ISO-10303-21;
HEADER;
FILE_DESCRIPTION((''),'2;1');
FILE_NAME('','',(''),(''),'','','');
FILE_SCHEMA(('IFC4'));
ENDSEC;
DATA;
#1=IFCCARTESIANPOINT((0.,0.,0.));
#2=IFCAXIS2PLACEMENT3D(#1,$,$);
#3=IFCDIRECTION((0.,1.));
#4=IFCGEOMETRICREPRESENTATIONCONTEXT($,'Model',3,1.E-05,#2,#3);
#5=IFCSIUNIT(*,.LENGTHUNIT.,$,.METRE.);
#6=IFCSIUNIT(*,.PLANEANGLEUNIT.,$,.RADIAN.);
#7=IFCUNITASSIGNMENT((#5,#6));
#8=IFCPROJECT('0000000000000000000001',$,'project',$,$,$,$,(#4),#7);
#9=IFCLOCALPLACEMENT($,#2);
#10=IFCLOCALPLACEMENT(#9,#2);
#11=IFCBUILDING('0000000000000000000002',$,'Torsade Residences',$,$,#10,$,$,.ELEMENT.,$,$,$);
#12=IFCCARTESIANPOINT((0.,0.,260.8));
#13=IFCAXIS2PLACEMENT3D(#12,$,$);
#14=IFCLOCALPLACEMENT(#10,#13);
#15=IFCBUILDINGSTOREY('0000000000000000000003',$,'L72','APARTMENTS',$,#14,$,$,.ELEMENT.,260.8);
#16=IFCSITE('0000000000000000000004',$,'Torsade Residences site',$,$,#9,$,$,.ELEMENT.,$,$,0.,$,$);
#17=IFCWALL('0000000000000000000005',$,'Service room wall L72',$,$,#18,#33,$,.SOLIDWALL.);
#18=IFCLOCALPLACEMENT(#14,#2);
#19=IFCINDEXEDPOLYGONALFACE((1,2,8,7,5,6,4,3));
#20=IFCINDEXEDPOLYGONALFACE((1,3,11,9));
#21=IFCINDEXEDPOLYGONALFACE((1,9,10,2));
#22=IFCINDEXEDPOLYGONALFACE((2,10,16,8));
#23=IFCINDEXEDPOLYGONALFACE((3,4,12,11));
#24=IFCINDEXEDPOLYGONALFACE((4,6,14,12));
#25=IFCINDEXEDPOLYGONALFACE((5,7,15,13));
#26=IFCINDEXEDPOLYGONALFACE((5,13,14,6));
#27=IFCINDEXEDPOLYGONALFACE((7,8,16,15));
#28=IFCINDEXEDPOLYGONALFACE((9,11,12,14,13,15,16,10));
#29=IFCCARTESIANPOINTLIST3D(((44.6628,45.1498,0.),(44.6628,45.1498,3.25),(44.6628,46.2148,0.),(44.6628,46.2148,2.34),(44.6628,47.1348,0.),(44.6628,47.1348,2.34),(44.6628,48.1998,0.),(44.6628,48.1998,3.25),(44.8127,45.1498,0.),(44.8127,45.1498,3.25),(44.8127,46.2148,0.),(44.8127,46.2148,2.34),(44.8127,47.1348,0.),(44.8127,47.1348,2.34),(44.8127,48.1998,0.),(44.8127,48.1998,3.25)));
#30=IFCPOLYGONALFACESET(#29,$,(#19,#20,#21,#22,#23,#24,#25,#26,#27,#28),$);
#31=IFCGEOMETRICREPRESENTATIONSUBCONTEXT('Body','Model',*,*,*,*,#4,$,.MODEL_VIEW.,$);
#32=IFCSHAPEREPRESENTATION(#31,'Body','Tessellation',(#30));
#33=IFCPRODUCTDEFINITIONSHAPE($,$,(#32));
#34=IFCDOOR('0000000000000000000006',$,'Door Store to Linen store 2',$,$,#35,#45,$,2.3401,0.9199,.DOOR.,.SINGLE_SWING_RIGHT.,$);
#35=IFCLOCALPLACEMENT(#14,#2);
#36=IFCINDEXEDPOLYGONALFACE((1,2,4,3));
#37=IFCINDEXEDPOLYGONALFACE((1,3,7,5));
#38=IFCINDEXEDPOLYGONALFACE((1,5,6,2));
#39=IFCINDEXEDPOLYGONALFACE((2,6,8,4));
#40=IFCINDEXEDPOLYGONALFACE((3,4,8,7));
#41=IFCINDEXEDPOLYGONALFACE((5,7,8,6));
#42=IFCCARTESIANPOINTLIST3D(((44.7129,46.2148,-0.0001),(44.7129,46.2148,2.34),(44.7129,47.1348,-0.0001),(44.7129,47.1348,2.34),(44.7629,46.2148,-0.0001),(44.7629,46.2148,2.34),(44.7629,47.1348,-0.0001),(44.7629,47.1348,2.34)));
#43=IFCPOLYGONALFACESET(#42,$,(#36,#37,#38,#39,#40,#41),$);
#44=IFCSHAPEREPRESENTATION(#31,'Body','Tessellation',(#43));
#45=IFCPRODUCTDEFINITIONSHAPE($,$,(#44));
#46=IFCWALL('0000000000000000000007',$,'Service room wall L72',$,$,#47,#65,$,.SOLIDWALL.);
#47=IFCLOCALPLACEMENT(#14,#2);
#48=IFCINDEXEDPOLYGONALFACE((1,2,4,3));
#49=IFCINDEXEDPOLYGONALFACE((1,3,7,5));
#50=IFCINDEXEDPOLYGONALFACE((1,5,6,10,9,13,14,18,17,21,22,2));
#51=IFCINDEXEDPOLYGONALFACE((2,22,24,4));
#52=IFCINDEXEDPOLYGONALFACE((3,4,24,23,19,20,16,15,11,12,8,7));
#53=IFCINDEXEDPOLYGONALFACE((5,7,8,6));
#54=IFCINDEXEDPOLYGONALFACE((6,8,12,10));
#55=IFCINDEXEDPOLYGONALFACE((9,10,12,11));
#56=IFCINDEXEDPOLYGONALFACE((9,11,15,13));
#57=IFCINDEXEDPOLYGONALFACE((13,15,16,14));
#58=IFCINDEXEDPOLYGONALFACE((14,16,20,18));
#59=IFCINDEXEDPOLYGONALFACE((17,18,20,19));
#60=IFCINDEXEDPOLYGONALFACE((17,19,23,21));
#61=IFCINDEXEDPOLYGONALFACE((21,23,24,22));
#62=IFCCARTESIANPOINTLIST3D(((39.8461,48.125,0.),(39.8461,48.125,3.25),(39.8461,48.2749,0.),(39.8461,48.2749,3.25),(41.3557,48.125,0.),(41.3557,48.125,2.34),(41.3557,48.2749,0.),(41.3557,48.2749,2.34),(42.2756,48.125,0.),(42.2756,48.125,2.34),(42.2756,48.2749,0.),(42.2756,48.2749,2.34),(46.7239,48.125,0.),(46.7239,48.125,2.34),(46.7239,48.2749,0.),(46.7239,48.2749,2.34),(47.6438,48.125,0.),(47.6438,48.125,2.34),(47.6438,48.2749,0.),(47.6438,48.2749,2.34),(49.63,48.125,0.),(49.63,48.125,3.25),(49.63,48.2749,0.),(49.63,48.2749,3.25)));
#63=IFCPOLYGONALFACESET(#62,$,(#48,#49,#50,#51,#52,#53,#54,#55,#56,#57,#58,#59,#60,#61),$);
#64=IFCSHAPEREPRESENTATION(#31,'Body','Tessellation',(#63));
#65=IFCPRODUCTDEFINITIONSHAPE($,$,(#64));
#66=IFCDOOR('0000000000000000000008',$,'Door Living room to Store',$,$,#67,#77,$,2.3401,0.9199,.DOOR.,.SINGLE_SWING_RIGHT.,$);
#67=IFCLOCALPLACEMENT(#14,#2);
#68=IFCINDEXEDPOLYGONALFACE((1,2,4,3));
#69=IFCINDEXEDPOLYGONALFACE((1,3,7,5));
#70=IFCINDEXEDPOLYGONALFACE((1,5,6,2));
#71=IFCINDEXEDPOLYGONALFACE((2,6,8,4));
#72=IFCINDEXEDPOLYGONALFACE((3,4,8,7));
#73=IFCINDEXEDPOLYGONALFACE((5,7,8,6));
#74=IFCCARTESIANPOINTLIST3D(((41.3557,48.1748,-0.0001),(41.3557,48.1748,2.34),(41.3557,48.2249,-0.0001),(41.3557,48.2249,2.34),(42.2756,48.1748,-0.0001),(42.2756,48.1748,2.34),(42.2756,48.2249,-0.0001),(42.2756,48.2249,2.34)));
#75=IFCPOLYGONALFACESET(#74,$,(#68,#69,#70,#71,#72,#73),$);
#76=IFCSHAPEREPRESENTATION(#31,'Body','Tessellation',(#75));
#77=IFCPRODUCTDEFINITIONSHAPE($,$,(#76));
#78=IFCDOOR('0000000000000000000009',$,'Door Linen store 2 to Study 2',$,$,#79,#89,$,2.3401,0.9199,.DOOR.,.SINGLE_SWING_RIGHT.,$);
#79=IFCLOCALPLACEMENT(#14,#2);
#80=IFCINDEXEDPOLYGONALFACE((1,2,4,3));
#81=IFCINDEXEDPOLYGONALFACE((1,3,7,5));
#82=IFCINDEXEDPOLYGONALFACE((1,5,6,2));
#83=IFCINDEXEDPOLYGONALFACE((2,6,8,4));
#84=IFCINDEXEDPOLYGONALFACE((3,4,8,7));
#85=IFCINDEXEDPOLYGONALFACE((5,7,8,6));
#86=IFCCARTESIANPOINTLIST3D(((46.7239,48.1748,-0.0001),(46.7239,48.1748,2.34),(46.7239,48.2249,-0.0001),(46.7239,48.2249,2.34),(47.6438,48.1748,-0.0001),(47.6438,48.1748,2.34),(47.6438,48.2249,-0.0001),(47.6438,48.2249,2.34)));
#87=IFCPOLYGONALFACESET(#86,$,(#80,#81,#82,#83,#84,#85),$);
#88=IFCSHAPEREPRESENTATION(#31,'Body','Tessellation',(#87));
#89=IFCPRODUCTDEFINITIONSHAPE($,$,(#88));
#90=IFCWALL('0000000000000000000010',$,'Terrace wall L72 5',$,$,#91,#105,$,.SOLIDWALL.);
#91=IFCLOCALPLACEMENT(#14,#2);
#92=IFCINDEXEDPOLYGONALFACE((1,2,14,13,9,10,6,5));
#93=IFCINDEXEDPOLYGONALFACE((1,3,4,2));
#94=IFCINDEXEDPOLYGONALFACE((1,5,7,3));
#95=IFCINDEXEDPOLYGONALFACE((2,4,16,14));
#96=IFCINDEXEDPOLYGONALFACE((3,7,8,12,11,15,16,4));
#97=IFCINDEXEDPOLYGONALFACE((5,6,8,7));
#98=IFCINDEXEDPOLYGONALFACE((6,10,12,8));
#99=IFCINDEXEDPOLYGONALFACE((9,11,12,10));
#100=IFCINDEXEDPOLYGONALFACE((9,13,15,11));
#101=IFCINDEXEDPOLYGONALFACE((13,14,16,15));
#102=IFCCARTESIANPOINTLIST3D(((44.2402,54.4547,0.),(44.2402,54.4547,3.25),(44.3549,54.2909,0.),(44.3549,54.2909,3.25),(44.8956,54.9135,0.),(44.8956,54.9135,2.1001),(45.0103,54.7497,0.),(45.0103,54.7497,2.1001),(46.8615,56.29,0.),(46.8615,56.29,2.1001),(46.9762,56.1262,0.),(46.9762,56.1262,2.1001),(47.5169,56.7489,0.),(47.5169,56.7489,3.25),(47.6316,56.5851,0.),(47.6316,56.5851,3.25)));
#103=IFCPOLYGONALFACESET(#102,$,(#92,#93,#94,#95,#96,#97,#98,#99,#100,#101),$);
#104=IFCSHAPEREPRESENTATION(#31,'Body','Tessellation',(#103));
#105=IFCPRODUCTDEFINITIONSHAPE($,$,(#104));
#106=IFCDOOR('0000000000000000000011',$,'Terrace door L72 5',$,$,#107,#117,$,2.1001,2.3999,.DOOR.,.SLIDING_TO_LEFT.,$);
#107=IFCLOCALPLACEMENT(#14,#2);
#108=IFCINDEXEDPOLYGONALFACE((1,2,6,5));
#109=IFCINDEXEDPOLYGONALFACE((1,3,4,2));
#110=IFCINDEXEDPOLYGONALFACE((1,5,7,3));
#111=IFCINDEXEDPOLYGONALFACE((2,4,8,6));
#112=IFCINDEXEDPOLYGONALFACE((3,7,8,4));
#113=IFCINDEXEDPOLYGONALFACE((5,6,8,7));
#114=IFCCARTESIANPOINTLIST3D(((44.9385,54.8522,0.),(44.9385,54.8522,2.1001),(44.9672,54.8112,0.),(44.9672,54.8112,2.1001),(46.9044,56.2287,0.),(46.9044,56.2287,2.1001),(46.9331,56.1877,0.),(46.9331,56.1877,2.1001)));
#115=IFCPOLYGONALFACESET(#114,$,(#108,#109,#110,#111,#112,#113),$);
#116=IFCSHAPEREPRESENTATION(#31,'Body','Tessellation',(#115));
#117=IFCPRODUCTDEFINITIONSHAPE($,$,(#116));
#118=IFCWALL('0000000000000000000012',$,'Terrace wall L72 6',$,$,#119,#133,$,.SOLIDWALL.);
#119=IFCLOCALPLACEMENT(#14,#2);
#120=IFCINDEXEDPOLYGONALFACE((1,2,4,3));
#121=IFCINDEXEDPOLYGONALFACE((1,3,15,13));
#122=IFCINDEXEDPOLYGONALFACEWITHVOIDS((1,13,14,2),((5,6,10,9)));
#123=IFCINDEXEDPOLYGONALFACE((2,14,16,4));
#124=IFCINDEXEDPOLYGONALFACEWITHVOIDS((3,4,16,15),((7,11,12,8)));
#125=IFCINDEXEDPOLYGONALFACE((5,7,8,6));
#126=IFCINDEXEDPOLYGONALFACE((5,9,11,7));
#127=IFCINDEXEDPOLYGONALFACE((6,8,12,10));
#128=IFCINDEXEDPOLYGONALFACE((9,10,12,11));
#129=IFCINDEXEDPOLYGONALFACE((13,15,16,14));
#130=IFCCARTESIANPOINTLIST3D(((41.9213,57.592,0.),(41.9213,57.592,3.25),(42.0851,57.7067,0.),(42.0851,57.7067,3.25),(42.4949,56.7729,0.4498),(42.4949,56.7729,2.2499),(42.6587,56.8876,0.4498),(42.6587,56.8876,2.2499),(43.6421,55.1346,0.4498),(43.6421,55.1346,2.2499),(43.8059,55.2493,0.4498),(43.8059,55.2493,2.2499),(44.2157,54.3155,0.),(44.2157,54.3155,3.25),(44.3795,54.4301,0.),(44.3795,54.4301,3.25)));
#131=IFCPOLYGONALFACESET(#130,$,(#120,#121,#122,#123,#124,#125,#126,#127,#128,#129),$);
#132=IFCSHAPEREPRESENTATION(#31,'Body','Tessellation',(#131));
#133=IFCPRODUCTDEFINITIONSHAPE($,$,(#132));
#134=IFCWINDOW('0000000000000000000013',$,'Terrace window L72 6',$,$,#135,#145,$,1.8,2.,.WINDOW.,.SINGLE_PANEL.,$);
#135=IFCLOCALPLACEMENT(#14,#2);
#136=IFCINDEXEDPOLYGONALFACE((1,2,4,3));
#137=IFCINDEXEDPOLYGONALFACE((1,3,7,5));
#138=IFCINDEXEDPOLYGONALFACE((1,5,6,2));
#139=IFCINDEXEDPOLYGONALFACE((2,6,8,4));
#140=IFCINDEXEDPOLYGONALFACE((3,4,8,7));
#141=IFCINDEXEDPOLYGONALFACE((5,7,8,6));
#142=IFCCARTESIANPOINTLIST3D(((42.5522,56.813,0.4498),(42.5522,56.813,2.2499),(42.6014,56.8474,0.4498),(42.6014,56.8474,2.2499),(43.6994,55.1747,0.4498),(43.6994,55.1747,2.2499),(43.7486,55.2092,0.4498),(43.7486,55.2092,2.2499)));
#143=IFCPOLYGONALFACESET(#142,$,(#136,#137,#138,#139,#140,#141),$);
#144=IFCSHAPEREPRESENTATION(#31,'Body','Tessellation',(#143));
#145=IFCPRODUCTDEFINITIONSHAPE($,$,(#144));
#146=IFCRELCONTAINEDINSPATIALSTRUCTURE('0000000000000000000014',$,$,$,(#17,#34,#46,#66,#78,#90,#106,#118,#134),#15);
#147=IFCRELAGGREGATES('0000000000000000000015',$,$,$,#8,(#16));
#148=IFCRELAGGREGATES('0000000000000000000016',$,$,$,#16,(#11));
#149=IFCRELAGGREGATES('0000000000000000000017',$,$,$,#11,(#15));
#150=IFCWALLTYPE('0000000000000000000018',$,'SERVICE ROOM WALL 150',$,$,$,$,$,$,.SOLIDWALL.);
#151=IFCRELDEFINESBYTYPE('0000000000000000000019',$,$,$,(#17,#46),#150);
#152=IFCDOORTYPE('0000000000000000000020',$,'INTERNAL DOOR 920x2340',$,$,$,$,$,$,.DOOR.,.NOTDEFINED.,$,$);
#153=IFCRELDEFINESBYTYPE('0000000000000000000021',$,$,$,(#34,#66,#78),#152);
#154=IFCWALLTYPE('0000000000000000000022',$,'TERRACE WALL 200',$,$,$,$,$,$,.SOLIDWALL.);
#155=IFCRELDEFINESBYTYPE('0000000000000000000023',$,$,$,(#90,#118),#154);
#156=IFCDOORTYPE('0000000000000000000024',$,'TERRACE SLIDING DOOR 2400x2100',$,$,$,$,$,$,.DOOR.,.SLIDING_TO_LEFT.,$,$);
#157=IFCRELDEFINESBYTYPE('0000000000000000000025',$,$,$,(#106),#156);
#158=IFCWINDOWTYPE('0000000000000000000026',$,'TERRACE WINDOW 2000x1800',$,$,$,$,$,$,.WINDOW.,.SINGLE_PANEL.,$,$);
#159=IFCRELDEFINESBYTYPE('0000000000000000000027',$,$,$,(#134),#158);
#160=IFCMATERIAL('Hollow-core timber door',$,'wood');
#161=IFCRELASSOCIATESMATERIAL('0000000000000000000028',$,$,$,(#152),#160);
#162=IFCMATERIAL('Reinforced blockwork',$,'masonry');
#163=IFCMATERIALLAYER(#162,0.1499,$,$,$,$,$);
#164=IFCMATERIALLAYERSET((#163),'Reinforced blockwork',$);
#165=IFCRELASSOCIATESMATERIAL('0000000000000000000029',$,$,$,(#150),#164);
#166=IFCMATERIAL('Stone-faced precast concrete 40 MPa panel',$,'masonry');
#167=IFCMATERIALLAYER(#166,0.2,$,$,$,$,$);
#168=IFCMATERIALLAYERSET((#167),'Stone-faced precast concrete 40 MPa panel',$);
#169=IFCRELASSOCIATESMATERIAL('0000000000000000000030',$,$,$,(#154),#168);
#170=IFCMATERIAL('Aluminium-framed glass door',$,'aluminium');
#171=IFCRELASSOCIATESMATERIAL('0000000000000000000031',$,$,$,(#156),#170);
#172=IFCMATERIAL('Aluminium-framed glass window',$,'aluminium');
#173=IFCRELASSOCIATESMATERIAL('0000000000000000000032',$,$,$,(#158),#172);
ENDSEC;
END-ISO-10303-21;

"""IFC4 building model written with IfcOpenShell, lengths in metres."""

from ifc_helpers import new_model, si_unit, direction, frame, frame_2d, origin, place, context, subcontext, project, spatial, rectangle, extrude, material, layer, layer_set, type_object, element, fill, save


model = new_model("IFC4")

# Units and contexts
model_context = context("Model", 3, precision=1e-05, world=origin(), true_north=direction((0.0, 1.0)))
body_context = subcontext(model_context, "Body", "Model", "MODEL_VIEW")
ifc_project = project(units=[si_unit("LENGTHUNIT", "METRE"), si_unit("PLANEANGLEUNIT", "RADIAN")], contexts=[model_context])

# Site, building, storey
site_placement = place(None, origin())
site = spatial("IfcSite", under=ifc_project, at=site_placement, Name="Torsade Residences site", CompositionType="ELEMENT", RefElevation=0.0)
building_placement = place(site_placement, origin())
building = spatial("IfcBuilding", under=site, at=building_placement, Name="Torsade Residences", CompositionType="ELEMENT")
storey_placement = place(building_placement, frame((0.0, 0.0, 260.8)))
storey = spatial("IfcBuildingStorey", under=building, at=storey_placement, Name="L72", Description="APARTMENTS", CompositionType="ELEMENT", Elevation=260.8)

# Shared definitions
ifc_material_1 = material(Name="Hollow-core timber door", Category="wood")
door_type_1 = type_object("IfcDoorType", Name="INTERNAL DOOR 920x2340", OperationType="NOTDEFINED", PredefinedType="DOOR", material=ifc_material_1)

# Shared definitions
ifc_material_2 = material(Name="Reinforced blockwork", Category="masonry")
ifc_layer_1 = layer(ifc_material_2, 0.1499)
ifc_layer_set_1 = layer_set([ifc_layer_1], Name="Reinforced blockwork")
wall_type_1 = type_object("IfcWallType", Name="SERVICE ROOM WALL 150", PredefinedType="SOLIDWALL", material=ifc_layer_set_1)

# Wall, opening, door
wall_1_placement = place(storey_placement, frame((44.7378, 45.1499, 0.0), z_axis=(0.0, 0.0, 1.0), x_axis=(0.0, 1.0, 0.0)))
wall_1 = element("IfcWall", 1, at=wall_1_placement, inside=storey, type_object=wall_type_1, Name="Service room wall L72", PredefinedType="SOLIDWALL", context=body_context, shape_type="SweptSolid", body=[
    extrude(rectangle(XDim=3.05, YDim=0.1499, at=frame_2d((1.5249, 0.0))), origin(), (0.0, 0.0, 1.0), 3.25),
])
opening_1_placement = place(wall_1_placement, frame((1.0649, 0.0, 0.0)))
opening_1 = element("IfcOpeningElement", 2, at=opening_1_placement, cuts=wall_1, PredefinedType="OPENING", context=body_context, shape_type="SweptSolid", body=[
    extrude(rectangle(XDim=0.9199, YDim=2.3401, at=frame_2d((0.46, 1.1699))), frame((0.0, 0.085, 0.0), z_axis=(0.0, -1.0, 0.0), x_axis=(1.0, 0.0, 0.0)), (0.0, 0.0, 1.0), 0.1699),
])
door_1_placement = place(opening_1_placement, origin())
door_1 = element("IfcDoor", 3, at=door_1_placement, inside=storey, type_object=door_type_1, Name="Door Store to Linen store 2", OperationType="SINGLE_SWING_RIGHT", OverallHeight=2.3401, OverallWidth=0.9199, PredefinedType="DOOR", context=body_context, shape_type="SweptSolid", body=[
    extrude(rectangle(XDim=0.9199, YDim=2.3401, at=frame_2d((0.46, 1.1699))), frame((0.0, 0.0249, 0.0), z_axis=(0.0, -1.0, 0.0), x_axis=(1.0, 0.0, 0.0)), (0.0, 0.0, 1.0), 0.05),
])
fill(opening_1, door_1)

# Wall, openings, doors
wall_2_placement = place(storey_placement, frame((39.8459, 48.2, 0.0), z_axis=(0.0, 0.0, 1.0), x_axis=(1.0, 0.0, 0.0)))
wall_2 = element("IfcWall", 4, at=wall_2_placement, inside=storey, type_object=wall_type_1, Name="Service room wall L72", PredefinedType="SOLIDWALL", context=body_context, shape_type="SweptSolid", body=[
    extrude(rectangle(XDim=9.7839, YDim=0.1499, at=frame_2d((4.8921, 0.0))), origin(), (0.0, 0.0, 1.0), 3.25),
])
opening_2_placement = place(wall_2_placement, frame((1.5098, 0.0, 0.0)))
opening_2 = element("IfcOpeningElement", 5, at=opening_2_placement, cuts=wall_2, PredefinedType="OPENING", context=body_context, shape_type="SweptSolid", body=[
    extrude(rectangle(XDim=0.9199, YDim=2.3401, at=frame_2d((0.46, 1.1699))), frame((0.0, 0.085, 0.0), z_axis=(0.0, -1.0, 0.0), x_axis=(1.0, 0.0, 0.0)), (0.0, 0.0, 1.0), 0.1699),
])
opening_3_placement = place(wall_2_placement, frame((6.8779, 0.0, 0.0)))
opening_3 = element("IfcOpeningElement", 6, at=opening_3_placement, cuts=wall_2, PredefinedType="OPENING", context=body_context, shape_type="SweptSolid", body=[
    extrude(rectangle(XDim=0.9199, YDim=2.3401, at=frame_2d((0.46, 1.1699))), frame((0.0, 0.085, 0.0), z_axis=(0.0, -1.0, 0.0), x_axis=(1.0, 0.0, 0.0)), (0.0, 0.0, 1.0), 0.1699),
])
door_2_placement = place(opening_2_placement, origin())
door_2 = element("IfcDoor", 7, at=door_2_placement, inside=storey, type_object=door_type_1, Name="Door Living room to Store", OperationType="SINGLE_SWING_RIGHT", OverallHeight=2.3401, OverallWidth=0.9199, PredefinedType="DOOR", context=body_context, shape_type="SweptSolid", body=[
    extrude(rectangle(XDim=0.9199, YDim=2.3401, at=frame_2d((0.46, 1.1699))), frame((0.0, 0.0249, 0.0), z_axis=(0.0, -1.0, 0.0), x_axis=(1.0, 0.0, 0.0)), (0.0, 0.0, 1.0), 0.05),
])
fill(opening_2, door_2)
door_3_placement = place(opening_3_placement, origin())
door_3 = element("IfcDoor", 8, at=door_3_placement, inside=storey, type_object=door_type_1, Name="Door Linen store 2 to Study 2", OperationType="SINGLE_SWING_RIGHT", OverallHeight=2.3401, OverallWidth=0.9199, PredefinedType="DOOR", context=body_context, shape_type="SweptSolid", body=[
    extrude(rectangle(XDim=0.9199, YDim=2.3401, at=frame_2d((0.46, 1.1699))), frame((0.0, 0.0249, 0.0), z_axis=(0.0, -1.0, 0.0), x_axis=(1.0, 0.0, 0.0)), (0.0, 0.0, 1.0), 0.05),
])
fill(opening_3, door_3)

# Wall, opening, door
ifc_material_3 = material(Name="Stone-faced precast concrete 40 MPa panel", Category="masonry")
ifc_layer_2 = layer(ifc_material_3, 0.2)
ifc_layer_set_2 = layer_set([ifc_layer_2], Name="Stone-faced precast concrete 40 MPa panel")
wall_type_2 = type_object("IfcWallType", Name="TERRACE WALL 200", PredefinedType="SOLIDWALL", material=ifc_layer_set_2)
wall_3_placement = place(storey_placement, frame((47.5742, 56.667, 0.0), z_axis=(0.0, 0.0, 1.0), x_axis=(-0.819166, -0.573557, 0.0)))
wall_3 = element("IfcWall", 9, at=wall_3_placement, inside=storey, type_object=wall_type_2, Name="Terrace wall L72 5", PredefinedType="SOLIDWALL", context=body_context, shape_type="SweptSolid", body=[
    extrude(rectangle(XDim=4.0, YDim=0.2, at=frame_2d((2.0, 0.0))), origin(), (0.0, 0.0, 1.0), 3.25),
])
opening_4_placement = place(wall_3_placement, frame((0.8, 0.0, 0.0)))
opening_4 = element("IfcOpeningElement", 10, at=opening_4_placement, cuts=wall_3, PredefinedType="OPENING", context=body_context, shape_type="SweptSolid", body=[
    extrude(rectangle(XDim=2.3999, YDim=2.1001, at=frame_2d((1.2, 1.05))), frame((0.0, 0.1099, 0.0), z_axis=(0.0, -1.0, 0.0), x_axis=(1.0, 0.0, 0.0)), (0.0, 0.0, 1.0), 0.22),
])
ifc_material_4 = material(Name="Aluminium-framed glass door", Category="aluminium")
door_type_2 = type_object("IfcDoorType", Name="TERRACE SLIDING DOOR 2400x2100", OperationType="SLIDING_TO_LEFT", PredefinedType="DOOR", material=ifc_material_4)
door_4_placement = place(opening_4_placement, origin())
door_4 = element("IfcDoor", 11, at=door_4_placement, inside=storey, type_object=door_type_2, Name="Terrace door L72 5", OperationType="SLIDING_TO_LEFT", OverallHeight=2.1001, OverallWidth=2.3999, PredefinedType="DOOR", context=body_context, shape_type="SweptSolid", body=[
    extrude(rectangle(XDim=2.3999, YDim=2.1001, at=frame_2d((1.2, 1.05))), frame((0.0, 0.0249, 0.0), z_axis=(0.0, -1.0, 0.0), x_axis=(1.0, 0.0, 0.0)), (0.0, 0.0, 1.0), 0.05),
])
fill(opening_4, door_4)

# Wall, opening, window
wall_4_placement = place(storey_placement, frame((44.2976, 54.3728, 0.0), z_axis=(0.0, 0.0, 1.0), x_axis=(-0.573598, 0.819137, 0.0)))
wall_4 = element("IfcWall", 12, at=wall_4_placement, inside=storey, type_object=wall_type_2, Name="Terrace wall L72 6", PredefinedType="SOLIDWALL", context=body_context, shape_type="SweptSolid", body=[
    extrude(rectangle(XDim=4.0, YDim=0.2, at=frame_2d((2.0, 0.0))), origin(), (0.0, 0.0, 1.0), 3.25),
])
opening_5_placement = place(wall_4_placement, frame((1.0, 0.0, 0.45)))
opening_5 = element("IfcOpeningElement", 13, at=opening_5_placement, cuts=wall_4, PredefinedType="OPENING", context=body_context, shape_type="SweptSolid", body=[
    extrude(rectangle(XDim=2.0, YDim=1.8, at=frame_2d((1.0, 0.8999))), frame((0.0, 0.1099, 0.0), z_axis=(0.0, -1.0, 0.0), x_axis=(1.0, 0.0, 0.0)), (0.0, 0.0, 1.0), 0.22),
])
ifc_material_5 = material(Name="Aluminium-framed glass window", Category="aluminium")
window_type = type_object("IfcWindowType", Name="TERRACE WINDOW 2000x1800", PartitioningType="SINGLE_PANEL", PredefinedType="WINDOW", material=ifc_material_5)
window_placement = place(opening_5_placement, origin())
window = element("IfcWindow", 14, at=window_placement, inside=storey, type_object=window_type, Name="Terrace window L72 6", OverallHeight=1.8, OverallWidth=2.0, PartitioningType="SINGLE_PANEL", PredefinedType="WINDOW", context=body_context, shape_type="SweptSolid", body=[
    extrude(rectangle(XDim=2.0, YDim=1.8, at=frame_2d((1.0, 0.8999))), frame((0.0, 0.03, 0.0), z_axis=(0.0, -1.0, 0.0), x_axis=(1.0, 0.0, 0.0)), (0.0, 0.0, 1.0), 0.0601),
])
fill(opening_5, window)

save(model, "model.ifc")
